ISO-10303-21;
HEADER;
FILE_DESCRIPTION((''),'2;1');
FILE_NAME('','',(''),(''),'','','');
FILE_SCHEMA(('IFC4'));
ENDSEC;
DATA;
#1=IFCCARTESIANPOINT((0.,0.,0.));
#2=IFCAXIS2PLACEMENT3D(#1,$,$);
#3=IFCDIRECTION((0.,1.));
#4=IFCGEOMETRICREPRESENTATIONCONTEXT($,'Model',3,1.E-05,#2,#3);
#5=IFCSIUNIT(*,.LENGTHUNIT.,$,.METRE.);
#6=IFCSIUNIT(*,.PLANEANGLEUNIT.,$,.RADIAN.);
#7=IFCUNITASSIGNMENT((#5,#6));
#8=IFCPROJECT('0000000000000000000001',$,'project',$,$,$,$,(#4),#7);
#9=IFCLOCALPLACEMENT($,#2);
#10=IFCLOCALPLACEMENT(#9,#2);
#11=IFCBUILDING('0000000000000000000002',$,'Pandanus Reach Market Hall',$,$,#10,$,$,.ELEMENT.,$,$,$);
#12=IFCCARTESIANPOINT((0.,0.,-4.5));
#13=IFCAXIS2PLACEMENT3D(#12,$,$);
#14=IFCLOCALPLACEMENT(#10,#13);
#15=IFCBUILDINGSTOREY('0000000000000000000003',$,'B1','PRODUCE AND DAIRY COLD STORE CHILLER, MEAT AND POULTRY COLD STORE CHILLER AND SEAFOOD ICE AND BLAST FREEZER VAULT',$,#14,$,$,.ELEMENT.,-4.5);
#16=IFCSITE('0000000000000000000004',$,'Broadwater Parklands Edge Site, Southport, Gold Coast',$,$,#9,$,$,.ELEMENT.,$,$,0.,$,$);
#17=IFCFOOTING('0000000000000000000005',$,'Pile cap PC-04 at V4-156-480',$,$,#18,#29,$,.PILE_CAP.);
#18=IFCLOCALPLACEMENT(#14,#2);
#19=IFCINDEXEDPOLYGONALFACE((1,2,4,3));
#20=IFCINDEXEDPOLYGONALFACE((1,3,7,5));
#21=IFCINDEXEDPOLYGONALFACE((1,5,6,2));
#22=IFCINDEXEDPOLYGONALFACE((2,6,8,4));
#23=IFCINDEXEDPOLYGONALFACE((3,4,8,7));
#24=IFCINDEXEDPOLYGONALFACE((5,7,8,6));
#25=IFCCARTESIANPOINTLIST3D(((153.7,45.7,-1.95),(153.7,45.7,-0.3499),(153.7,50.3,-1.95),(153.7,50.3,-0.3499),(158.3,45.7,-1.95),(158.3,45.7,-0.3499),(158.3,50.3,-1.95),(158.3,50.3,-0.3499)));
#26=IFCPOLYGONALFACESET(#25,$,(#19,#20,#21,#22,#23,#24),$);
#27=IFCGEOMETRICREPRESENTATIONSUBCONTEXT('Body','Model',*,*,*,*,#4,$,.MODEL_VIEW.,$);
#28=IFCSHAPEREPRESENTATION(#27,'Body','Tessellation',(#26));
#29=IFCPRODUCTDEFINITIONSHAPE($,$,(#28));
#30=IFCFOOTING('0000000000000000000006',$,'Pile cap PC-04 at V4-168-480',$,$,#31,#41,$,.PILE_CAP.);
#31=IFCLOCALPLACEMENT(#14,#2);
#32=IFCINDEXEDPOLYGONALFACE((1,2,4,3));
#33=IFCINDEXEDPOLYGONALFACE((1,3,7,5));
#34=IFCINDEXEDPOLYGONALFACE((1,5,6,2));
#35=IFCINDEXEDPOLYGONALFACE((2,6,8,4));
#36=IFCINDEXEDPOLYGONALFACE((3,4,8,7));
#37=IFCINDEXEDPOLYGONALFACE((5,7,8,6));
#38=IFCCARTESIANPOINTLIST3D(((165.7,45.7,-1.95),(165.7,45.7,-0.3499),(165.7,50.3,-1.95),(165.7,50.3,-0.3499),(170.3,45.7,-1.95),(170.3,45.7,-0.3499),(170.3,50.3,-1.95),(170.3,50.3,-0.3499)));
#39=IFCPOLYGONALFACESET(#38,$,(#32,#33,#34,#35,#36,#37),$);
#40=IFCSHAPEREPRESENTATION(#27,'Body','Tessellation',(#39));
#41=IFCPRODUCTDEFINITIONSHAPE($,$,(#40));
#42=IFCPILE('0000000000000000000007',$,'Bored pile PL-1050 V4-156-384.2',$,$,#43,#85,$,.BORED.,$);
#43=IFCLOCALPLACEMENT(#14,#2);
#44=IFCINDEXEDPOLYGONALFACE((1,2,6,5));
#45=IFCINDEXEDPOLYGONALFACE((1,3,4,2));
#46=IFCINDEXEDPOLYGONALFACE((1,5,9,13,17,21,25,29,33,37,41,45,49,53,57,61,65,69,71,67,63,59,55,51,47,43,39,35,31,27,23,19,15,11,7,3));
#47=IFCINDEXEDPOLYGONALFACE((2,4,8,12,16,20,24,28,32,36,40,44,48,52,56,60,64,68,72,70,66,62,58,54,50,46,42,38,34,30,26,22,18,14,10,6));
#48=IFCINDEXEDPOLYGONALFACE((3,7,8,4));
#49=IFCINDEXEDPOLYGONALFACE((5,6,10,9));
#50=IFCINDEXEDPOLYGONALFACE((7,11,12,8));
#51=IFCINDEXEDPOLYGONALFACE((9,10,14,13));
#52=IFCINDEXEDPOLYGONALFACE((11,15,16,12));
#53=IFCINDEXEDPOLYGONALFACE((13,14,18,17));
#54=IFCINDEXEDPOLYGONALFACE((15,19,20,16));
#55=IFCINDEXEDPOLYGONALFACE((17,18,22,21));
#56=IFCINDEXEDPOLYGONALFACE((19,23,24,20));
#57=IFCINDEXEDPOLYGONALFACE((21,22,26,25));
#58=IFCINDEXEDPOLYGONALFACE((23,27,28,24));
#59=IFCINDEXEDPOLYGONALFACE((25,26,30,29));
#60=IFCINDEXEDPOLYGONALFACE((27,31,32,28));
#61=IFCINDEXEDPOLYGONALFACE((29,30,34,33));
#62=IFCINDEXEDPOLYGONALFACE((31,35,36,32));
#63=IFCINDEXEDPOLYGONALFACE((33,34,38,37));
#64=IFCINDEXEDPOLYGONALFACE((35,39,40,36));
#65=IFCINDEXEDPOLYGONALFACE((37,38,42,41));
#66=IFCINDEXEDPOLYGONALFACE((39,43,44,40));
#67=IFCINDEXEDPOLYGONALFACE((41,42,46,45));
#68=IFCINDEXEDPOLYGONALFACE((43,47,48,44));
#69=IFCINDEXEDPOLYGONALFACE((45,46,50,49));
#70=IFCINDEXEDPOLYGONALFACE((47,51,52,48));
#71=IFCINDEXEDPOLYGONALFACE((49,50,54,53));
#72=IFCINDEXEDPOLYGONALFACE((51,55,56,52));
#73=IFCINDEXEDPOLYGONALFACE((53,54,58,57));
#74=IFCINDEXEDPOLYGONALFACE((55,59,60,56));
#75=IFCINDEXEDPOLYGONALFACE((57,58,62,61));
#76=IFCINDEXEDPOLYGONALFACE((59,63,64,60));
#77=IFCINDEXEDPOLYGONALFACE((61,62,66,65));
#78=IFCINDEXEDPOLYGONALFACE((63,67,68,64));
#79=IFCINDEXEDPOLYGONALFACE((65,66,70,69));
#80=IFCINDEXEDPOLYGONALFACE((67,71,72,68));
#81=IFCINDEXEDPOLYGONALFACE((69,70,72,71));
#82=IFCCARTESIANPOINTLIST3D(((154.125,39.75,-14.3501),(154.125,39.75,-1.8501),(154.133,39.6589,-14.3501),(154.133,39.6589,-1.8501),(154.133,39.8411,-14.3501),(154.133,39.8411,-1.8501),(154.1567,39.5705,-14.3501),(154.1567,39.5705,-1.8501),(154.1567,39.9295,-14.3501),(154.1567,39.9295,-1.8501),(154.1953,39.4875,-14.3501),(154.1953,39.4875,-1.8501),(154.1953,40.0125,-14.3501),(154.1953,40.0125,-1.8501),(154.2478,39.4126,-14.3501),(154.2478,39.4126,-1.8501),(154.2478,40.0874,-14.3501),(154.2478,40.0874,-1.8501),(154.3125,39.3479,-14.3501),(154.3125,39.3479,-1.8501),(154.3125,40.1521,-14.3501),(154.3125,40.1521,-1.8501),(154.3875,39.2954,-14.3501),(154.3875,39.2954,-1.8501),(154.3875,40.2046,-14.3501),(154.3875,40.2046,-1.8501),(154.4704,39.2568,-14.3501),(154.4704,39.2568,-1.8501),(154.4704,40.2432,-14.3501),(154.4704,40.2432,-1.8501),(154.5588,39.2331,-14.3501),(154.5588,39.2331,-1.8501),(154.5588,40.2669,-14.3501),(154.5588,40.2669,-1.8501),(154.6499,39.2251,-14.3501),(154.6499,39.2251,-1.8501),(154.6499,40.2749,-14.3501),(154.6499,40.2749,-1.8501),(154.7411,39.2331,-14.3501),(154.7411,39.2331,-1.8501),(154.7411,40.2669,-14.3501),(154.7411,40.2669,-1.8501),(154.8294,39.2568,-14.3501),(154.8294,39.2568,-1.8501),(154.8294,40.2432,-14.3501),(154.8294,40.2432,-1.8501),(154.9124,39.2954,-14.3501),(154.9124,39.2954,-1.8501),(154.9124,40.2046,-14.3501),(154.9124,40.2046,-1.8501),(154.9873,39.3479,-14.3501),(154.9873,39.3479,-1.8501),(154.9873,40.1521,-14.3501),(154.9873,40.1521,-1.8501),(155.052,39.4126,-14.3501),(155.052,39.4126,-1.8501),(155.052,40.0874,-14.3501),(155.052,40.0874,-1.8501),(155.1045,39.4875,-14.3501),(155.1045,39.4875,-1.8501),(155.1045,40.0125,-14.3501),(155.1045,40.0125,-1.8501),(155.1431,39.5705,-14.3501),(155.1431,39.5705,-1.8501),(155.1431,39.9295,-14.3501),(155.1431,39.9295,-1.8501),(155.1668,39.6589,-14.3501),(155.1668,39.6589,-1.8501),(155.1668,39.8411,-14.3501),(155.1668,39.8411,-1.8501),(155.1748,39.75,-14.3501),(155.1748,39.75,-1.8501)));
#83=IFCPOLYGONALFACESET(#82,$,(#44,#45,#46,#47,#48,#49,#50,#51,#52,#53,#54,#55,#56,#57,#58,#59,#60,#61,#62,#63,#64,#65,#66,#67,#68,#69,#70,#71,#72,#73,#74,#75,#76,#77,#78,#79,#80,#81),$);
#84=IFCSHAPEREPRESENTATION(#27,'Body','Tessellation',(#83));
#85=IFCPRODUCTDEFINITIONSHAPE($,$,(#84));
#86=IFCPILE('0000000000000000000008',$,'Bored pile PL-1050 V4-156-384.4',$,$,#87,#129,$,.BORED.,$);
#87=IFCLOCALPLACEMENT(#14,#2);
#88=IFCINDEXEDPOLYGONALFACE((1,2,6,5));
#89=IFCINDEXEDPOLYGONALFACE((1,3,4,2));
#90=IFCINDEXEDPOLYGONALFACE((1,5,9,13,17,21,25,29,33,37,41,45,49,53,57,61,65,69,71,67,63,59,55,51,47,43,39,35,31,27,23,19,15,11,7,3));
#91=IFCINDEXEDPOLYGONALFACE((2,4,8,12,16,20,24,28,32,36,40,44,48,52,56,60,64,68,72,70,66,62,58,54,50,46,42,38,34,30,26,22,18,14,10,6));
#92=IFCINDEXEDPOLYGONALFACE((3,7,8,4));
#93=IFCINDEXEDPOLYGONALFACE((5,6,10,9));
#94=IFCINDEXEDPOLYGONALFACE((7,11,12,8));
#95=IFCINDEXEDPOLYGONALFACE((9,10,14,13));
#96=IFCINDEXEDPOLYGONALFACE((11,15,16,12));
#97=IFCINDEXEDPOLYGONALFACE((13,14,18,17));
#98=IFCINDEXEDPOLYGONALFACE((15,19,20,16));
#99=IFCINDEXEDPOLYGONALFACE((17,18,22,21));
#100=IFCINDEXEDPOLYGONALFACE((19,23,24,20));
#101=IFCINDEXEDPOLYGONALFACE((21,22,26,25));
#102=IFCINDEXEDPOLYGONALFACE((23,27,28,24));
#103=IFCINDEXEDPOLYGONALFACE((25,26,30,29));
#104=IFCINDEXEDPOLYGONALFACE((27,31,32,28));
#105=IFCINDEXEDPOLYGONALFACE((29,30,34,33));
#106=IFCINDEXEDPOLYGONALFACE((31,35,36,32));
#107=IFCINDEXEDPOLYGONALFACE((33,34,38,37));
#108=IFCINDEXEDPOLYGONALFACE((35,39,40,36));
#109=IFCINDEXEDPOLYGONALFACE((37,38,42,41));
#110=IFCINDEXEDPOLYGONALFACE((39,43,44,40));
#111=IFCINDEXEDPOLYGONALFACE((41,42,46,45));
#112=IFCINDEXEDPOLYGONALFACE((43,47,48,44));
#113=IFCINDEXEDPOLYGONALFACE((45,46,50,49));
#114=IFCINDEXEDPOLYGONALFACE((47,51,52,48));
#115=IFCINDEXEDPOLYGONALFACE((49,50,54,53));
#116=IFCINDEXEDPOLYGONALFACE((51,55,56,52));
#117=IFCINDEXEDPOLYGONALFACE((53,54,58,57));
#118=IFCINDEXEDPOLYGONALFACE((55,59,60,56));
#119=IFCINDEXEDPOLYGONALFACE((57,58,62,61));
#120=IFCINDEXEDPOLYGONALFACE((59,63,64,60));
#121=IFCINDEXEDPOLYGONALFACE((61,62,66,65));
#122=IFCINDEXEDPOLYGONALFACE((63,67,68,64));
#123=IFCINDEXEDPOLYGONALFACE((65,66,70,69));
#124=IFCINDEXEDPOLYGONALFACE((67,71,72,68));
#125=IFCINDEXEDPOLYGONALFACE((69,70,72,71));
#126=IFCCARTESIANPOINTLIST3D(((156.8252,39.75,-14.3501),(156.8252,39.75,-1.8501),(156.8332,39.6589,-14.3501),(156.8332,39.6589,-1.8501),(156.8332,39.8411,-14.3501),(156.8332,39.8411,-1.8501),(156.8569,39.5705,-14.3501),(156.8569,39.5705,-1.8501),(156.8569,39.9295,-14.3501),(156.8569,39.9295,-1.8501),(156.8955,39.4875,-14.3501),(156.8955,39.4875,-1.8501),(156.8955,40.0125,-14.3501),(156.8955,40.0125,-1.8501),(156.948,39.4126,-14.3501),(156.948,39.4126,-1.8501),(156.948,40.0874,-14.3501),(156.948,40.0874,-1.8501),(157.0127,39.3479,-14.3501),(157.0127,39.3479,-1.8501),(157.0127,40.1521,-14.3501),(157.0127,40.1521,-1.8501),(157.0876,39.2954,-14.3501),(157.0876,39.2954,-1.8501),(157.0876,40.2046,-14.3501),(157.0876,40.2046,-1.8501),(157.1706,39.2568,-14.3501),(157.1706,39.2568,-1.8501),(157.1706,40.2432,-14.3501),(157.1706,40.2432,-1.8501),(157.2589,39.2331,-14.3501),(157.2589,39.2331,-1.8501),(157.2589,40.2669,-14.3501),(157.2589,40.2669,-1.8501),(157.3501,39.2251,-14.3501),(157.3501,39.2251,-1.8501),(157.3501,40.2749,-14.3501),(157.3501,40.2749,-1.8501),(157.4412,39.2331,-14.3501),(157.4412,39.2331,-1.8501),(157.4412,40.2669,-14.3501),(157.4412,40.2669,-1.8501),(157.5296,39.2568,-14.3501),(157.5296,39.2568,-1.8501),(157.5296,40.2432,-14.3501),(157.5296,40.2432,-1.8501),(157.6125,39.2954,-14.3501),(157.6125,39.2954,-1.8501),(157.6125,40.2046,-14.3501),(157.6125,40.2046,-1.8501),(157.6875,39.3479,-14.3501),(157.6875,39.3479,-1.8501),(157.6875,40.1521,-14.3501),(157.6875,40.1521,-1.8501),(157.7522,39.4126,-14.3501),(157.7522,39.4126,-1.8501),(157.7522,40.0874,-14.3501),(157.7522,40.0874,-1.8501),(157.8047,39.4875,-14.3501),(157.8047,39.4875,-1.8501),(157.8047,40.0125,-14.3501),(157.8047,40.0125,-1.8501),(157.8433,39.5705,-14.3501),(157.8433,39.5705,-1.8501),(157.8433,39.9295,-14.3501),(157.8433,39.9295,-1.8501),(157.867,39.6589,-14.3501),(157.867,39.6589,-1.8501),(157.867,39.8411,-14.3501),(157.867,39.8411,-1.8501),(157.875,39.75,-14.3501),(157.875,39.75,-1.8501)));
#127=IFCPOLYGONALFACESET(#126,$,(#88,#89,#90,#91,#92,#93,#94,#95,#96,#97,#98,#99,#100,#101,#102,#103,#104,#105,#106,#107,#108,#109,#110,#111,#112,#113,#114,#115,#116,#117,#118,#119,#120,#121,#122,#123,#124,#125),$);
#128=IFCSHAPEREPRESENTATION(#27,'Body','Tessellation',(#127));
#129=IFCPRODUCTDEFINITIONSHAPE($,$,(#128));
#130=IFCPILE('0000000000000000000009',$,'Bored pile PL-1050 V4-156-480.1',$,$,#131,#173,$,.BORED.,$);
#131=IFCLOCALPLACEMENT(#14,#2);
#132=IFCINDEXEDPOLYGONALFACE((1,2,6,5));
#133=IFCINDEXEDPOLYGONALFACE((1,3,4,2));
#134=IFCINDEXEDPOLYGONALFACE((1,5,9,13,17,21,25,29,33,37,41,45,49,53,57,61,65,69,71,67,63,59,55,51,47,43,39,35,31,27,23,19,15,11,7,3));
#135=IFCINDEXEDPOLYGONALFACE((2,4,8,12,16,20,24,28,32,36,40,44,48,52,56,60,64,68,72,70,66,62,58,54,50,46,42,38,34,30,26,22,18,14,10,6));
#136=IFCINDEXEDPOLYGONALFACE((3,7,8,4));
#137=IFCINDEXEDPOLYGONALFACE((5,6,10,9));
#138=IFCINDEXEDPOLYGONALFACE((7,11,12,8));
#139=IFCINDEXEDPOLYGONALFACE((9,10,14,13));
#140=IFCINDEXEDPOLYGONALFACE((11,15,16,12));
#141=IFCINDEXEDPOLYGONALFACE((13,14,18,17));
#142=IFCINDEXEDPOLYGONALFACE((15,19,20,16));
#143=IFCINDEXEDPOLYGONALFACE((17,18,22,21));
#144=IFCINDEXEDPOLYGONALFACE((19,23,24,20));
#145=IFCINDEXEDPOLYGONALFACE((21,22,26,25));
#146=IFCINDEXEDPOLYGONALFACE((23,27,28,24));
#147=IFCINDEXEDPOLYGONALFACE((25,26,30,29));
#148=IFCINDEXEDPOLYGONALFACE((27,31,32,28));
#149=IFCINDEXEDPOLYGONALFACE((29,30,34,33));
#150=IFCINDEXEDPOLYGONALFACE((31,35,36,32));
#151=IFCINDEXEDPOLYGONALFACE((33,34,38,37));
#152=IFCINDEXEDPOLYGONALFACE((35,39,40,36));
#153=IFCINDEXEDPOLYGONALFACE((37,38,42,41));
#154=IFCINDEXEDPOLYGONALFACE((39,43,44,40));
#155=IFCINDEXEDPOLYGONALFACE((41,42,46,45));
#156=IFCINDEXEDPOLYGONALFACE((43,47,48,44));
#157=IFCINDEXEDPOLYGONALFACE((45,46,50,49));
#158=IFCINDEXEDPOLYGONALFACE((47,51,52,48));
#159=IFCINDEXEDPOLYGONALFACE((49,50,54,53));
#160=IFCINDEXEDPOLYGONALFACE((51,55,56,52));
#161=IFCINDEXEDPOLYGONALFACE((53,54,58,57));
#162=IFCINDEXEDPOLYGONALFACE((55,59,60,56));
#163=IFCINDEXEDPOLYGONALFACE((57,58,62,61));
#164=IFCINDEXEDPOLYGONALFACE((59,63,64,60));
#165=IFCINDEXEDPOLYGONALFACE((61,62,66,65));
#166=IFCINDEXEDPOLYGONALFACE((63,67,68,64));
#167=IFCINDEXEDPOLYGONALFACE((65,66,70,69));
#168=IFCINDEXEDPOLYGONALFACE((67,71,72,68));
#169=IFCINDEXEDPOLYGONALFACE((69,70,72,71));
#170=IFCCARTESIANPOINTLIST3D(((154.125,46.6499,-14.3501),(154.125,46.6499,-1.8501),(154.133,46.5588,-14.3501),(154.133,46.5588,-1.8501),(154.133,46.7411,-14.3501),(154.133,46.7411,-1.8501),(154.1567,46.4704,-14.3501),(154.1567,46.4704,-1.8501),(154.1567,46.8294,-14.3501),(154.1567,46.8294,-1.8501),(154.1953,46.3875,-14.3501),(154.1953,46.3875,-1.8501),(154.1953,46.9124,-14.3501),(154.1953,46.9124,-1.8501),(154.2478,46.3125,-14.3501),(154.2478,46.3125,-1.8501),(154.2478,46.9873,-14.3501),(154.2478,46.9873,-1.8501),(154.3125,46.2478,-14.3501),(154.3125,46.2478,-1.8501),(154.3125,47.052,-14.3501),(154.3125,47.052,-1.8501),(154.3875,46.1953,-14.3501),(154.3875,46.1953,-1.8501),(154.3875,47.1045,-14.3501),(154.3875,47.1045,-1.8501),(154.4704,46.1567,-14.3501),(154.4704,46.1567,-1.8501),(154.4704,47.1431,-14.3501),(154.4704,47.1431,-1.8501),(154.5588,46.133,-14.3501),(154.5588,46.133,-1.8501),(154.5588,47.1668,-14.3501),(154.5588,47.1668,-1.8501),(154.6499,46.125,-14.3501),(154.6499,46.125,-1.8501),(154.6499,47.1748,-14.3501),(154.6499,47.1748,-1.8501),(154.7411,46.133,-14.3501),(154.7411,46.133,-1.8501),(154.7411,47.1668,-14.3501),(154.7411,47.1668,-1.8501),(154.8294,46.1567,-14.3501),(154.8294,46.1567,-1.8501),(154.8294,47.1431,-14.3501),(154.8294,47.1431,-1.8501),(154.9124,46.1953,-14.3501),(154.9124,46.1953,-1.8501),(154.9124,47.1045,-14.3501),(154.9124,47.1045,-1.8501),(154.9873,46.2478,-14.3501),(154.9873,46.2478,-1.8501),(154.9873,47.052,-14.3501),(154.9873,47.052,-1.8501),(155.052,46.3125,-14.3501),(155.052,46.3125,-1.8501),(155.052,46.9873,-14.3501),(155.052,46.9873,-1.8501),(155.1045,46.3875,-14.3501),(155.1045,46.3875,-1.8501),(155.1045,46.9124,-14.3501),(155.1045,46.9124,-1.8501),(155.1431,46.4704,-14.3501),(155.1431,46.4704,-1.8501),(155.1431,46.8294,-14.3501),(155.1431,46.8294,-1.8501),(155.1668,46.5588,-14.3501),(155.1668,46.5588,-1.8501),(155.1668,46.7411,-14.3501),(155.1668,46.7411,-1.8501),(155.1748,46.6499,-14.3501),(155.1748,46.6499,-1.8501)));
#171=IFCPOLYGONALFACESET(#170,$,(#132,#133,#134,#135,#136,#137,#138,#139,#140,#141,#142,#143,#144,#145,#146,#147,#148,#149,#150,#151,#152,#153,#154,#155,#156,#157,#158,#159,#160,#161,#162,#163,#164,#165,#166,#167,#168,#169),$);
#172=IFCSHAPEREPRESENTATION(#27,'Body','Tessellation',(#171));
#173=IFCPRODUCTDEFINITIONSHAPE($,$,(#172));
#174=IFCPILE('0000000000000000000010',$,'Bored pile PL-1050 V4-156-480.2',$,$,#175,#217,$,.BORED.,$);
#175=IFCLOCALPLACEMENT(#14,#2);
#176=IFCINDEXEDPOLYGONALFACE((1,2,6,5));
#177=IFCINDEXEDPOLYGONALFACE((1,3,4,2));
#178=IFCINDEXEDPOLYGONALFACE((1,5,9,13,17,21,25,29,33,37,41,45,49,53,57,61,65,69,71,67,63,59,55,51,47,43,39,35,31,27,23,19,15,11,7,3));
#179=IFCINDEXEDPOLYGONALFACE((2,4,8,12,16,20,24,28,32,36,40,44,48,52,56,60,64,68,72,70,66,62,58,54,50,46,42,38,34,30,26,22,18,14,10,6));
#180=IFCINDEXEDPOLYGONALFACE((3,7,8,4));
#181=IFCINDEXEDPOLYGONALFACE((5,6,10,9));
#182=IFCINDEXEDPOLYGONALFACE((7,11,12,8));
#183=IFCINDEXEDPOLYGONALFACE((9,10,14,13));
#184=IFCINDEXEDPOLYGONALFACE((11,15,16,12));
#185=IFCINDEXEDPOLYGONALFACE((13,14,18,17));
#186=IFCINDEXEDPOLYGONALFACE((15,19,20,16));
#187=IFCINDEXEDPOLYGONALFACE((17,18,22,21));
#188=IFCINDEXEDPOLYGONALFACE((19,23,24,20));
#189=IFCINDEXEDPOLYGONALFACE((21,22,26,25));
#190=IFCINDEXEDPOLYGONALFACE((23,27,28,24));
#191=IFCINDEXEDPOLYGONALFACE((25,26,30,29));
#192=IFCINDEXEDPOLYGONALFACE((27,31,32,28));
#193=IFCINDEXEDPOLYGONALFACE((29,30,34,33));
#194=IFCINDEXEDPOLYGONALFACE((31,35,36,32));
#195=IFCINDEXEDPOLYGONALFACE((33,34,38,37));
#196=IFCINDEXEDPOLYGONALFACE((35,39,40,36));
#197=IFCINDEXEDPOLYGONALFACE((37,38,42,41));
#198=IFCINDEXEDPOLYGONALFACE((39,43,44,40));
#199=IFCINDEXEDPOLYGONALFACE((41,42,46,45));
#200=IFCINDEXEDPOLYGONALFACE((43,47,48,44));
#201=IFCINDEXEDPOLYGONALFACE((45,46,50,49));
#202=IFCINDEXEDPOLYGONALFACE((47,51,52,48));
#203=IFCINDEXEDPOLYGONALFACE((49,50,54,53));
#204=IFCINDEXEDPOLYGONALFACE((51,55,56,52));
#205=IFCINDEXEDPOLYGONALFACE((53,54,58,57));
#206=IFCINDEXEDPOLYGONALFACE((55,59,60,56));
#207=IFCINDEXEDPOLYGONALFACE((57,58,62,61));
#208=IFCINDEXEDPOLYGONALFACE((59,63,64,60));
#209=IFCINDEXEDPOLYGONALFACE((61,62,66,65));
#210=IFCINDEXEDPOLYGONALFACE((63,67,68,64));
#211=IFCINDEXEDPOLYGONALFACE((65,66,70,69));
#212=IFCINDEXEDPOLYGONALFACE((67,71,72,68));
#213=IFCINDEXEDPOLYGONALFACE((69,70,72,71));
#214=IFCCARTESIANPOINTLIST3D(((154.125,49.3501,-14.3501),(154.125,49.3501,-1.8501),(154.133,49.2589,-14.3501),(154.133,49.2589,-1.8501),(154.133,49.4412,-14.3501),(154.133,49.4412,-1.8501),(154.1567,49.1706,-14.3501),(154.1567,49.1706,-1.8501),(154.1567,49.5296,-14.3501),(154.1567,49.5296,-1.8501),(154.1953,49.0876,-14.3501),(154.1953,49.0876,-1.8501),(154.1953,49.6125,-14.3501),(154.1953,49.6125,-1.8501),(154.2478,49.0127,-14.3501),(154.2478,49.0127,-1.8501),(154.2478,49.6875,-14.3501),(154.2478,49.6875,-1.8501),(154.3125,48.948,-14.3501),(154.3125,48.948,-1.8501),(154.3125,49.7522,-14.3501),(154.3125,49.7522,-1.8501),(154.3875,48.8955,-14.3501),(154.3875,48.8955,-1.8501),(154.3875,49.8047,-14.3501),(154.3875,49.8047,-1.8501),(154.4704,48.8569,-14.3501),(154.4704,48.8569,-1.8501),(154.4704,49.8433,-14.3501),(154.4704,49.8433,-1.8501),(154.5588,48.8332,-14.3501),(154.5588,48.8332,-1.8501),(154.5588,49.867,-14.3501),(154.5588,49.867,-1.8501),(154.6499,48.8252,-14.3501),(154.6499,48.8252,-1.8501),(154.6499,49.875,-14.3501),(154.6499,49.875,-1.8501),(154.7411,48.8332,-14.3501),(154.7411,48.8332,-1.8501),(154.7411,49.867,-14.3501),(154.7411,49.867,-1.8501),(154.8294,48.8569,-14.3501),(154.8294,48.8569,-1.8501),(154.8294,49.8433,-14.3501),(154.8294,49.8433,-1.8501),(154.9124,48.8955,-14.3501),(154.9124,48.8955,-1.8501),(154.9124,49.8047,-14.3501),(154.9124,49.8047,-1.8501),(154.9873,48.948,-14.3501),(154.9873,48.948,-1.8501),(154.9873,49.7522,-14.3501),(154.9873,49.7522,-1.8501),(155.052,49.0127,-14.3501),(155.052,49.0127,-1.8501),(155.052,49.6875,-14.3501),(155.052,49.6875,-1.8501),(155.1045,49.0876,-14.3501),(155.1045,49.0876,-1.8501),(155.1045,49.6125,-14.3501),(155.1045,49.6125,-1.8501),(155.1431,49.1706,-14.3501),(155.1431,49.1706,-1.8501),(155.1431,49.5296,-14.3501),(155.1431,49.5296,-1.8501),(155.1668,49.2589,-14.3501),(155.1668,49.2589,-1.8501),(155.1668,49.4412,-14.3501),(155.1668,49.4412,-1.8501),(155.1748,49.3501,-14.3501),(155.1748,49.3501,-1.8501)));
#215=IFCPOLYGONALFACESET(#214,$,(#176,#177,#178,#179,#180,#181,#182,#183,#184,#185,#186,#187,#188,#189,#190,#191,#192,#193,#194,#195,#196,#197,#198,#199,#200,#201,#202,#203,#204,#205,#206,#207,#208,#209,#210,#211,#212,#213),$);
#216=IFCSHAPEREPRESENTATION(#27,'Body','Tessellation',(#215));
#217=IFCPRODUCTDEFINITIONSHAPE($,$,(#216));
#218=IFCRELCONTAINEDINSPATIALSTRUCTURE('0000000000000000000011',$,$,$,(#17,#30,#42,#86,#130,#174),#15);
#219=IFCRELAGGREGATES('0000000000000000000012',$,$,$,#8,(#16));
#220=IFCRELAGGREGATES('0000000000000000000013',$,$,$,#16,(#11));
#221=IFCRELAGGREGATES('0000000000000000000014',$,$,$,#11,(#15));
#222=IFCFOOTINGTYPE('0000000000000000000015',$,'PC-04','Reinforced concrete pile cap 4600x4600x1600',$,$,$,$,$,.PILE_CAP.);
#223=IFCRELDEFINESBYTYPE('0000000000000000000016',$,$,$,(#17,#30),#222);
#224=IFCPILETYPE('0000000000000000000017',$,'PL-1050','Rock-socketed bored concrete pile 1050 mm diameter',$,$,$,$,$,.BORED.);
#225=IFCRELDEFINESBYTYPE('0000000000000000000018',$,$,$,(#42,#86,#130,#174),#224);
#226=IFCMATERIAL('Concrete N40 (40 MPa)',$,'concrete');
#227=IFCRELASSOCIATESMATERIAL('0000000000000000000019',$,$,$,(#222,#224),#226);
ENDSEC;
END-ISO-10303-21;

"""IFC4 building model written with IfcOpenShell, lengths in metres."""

from ifc_helpers import new_model, si_unit, direction, frame, origin, origin_2d, place, context, subcontext, project, spatial, rectangle, circle, extrude, material, material_profile, profile_set, type_object, element, save


model = new_model("IFC4")

# Units and contexts
model_context = context("Model", 3, precision=1e-05, world=origin(), true_north=direction((0.0, 1.0)))
body_context = subcontext(model_context, "Body", "Model", "MODEL_VIEW")
ifc_project = project(units=[si_unit("LENGTHUNIT", "METRE"), si_unit("PLANEANGLEUNIT", "RADIAN")], contexts=[model_context])

# Site, building, storey
site_placement = place(None, origin())
site = spatial("IfcSite", under=ifc_project, at=site_placement, Name="Broadwater Parklands Edge Site, Southport, Gold Coast", CompositionType="ELEMENT", RefElevation=0.0)
building_placement = place(site_placement, origin())
building = spatial("IfcBuilding", under=site, at=building_placement, Name="Pandanus Reach Market Hall", CompositionType="ELEMENT")
storey_placement = place(building_placement, frame((0.0, 0.0, -4.5)))
storey = spatial("IfcBuildingStorey", under=building, at=storey_placement, Name="B1", Description="PRODUCE AND DAIRY COLD STORE CHILLER, MEAT AND POULTRY COLD STORE CHILLER AND SEAFOOD ICE AND BLAST FREEZER VAULT", CompositionType="ELEMENT", Elevation=-4.5)

# Footings
ifc_material_1 = material(Name="Concrete N40 (40 MPa)", Category="concrete")
footing_type = type_object("IfcFootingType", Name="PC-04", Description="Reinforced concrete pile cap 4600x4600x1600", PredefinedType="PILE_CAP", material=ifc_material_1)
for number, where, z_axis, x_axis, name in (
    (1, (156.0, 48.0, -1.95), (0.0, 0.0, 1.0), (1.0, 0.0, 0.0), "Pile cap PC-04 at V4-156-480"),
    (2, (168.0, 48.0, -1.95), (0.0, 0.0, 1.0), (1.0, 0.0, 0.0), "Pile cap PC-04 at V4-168-480"),
):
    element("IfcFooting", number, at=place(storey_placement, frame(where, z_axis=z_axis, x_axis=x_axis)), inside=storey, type_object=footing_type, Name=name, PredefinedType="PILE_CAP", context=body_context, shape_type="SweptSolid", body=[
        extrude(rectangle(XDim=4.6001, YDim=4.6001, at=origin_2d()), origin(), (0.0, 0.0, 1.0), 1.6001),
    ])

# Piles
ifc_material_profile_1 = material_profile(ifc_material_1, circle(Radius=0.5249, at=origin_2d()), Name="PILE-1050D", Category="LoadBearing")
ifc_profile_set_1 = profile_set([ifc_material_profile_1], Name="Concrete N40 (40 MPa)")
pile_type_1 = type_object("IfcPileType", Name="PL-1050", Description="Rock-socketed bored concrete pile 1050 mm diameter", PredefinedType="BORED", material=ifc_profile_set_1)
for number, where, z_axis, x_axis, name in (
    (3, (154.6499, 39.75, -1.8501), (0.0, 0.0, -1.0), (1.0, 0.0, 0.0), "Bored pile PL-1050 V4-156-384.2"),
    (4, (157.3501, 39.75, -1.8501), (0.0, 0.0, -1.0), (1.0, 0.0, 0.0), "Bored pile PL-1050 V4-156-384.4"),
    (5, (154.6499, 46.6499, -1.8501), (0.0, 0.0, -1.0), (1.0, 0.0, 0.0), "Bored pile PL-1050 V4-156-480.1"),
    (6, (154.6499, 49.3501, -1.8501), (0.0, 0.0, -1.0), (1.0, 0.0, 0.0), "Bored pile PL-1050 V4-156-480.2"),
):
    element("IfcPile", number, at=place(storey_placement, frame(where, z_axis=z_axis, x_axis=x_axis)), inside=storey, type_object=pile_type_1, Name=name, PredefinedType="BORED", context=body_context, shape_type="SweptSolid", body=[
        extrude(circle(Radius=0.5249, at=origin_2d()), origin(), (0.0, 0.0, 1.0), 12.5),
    ])

save(model, "model.ifc")
